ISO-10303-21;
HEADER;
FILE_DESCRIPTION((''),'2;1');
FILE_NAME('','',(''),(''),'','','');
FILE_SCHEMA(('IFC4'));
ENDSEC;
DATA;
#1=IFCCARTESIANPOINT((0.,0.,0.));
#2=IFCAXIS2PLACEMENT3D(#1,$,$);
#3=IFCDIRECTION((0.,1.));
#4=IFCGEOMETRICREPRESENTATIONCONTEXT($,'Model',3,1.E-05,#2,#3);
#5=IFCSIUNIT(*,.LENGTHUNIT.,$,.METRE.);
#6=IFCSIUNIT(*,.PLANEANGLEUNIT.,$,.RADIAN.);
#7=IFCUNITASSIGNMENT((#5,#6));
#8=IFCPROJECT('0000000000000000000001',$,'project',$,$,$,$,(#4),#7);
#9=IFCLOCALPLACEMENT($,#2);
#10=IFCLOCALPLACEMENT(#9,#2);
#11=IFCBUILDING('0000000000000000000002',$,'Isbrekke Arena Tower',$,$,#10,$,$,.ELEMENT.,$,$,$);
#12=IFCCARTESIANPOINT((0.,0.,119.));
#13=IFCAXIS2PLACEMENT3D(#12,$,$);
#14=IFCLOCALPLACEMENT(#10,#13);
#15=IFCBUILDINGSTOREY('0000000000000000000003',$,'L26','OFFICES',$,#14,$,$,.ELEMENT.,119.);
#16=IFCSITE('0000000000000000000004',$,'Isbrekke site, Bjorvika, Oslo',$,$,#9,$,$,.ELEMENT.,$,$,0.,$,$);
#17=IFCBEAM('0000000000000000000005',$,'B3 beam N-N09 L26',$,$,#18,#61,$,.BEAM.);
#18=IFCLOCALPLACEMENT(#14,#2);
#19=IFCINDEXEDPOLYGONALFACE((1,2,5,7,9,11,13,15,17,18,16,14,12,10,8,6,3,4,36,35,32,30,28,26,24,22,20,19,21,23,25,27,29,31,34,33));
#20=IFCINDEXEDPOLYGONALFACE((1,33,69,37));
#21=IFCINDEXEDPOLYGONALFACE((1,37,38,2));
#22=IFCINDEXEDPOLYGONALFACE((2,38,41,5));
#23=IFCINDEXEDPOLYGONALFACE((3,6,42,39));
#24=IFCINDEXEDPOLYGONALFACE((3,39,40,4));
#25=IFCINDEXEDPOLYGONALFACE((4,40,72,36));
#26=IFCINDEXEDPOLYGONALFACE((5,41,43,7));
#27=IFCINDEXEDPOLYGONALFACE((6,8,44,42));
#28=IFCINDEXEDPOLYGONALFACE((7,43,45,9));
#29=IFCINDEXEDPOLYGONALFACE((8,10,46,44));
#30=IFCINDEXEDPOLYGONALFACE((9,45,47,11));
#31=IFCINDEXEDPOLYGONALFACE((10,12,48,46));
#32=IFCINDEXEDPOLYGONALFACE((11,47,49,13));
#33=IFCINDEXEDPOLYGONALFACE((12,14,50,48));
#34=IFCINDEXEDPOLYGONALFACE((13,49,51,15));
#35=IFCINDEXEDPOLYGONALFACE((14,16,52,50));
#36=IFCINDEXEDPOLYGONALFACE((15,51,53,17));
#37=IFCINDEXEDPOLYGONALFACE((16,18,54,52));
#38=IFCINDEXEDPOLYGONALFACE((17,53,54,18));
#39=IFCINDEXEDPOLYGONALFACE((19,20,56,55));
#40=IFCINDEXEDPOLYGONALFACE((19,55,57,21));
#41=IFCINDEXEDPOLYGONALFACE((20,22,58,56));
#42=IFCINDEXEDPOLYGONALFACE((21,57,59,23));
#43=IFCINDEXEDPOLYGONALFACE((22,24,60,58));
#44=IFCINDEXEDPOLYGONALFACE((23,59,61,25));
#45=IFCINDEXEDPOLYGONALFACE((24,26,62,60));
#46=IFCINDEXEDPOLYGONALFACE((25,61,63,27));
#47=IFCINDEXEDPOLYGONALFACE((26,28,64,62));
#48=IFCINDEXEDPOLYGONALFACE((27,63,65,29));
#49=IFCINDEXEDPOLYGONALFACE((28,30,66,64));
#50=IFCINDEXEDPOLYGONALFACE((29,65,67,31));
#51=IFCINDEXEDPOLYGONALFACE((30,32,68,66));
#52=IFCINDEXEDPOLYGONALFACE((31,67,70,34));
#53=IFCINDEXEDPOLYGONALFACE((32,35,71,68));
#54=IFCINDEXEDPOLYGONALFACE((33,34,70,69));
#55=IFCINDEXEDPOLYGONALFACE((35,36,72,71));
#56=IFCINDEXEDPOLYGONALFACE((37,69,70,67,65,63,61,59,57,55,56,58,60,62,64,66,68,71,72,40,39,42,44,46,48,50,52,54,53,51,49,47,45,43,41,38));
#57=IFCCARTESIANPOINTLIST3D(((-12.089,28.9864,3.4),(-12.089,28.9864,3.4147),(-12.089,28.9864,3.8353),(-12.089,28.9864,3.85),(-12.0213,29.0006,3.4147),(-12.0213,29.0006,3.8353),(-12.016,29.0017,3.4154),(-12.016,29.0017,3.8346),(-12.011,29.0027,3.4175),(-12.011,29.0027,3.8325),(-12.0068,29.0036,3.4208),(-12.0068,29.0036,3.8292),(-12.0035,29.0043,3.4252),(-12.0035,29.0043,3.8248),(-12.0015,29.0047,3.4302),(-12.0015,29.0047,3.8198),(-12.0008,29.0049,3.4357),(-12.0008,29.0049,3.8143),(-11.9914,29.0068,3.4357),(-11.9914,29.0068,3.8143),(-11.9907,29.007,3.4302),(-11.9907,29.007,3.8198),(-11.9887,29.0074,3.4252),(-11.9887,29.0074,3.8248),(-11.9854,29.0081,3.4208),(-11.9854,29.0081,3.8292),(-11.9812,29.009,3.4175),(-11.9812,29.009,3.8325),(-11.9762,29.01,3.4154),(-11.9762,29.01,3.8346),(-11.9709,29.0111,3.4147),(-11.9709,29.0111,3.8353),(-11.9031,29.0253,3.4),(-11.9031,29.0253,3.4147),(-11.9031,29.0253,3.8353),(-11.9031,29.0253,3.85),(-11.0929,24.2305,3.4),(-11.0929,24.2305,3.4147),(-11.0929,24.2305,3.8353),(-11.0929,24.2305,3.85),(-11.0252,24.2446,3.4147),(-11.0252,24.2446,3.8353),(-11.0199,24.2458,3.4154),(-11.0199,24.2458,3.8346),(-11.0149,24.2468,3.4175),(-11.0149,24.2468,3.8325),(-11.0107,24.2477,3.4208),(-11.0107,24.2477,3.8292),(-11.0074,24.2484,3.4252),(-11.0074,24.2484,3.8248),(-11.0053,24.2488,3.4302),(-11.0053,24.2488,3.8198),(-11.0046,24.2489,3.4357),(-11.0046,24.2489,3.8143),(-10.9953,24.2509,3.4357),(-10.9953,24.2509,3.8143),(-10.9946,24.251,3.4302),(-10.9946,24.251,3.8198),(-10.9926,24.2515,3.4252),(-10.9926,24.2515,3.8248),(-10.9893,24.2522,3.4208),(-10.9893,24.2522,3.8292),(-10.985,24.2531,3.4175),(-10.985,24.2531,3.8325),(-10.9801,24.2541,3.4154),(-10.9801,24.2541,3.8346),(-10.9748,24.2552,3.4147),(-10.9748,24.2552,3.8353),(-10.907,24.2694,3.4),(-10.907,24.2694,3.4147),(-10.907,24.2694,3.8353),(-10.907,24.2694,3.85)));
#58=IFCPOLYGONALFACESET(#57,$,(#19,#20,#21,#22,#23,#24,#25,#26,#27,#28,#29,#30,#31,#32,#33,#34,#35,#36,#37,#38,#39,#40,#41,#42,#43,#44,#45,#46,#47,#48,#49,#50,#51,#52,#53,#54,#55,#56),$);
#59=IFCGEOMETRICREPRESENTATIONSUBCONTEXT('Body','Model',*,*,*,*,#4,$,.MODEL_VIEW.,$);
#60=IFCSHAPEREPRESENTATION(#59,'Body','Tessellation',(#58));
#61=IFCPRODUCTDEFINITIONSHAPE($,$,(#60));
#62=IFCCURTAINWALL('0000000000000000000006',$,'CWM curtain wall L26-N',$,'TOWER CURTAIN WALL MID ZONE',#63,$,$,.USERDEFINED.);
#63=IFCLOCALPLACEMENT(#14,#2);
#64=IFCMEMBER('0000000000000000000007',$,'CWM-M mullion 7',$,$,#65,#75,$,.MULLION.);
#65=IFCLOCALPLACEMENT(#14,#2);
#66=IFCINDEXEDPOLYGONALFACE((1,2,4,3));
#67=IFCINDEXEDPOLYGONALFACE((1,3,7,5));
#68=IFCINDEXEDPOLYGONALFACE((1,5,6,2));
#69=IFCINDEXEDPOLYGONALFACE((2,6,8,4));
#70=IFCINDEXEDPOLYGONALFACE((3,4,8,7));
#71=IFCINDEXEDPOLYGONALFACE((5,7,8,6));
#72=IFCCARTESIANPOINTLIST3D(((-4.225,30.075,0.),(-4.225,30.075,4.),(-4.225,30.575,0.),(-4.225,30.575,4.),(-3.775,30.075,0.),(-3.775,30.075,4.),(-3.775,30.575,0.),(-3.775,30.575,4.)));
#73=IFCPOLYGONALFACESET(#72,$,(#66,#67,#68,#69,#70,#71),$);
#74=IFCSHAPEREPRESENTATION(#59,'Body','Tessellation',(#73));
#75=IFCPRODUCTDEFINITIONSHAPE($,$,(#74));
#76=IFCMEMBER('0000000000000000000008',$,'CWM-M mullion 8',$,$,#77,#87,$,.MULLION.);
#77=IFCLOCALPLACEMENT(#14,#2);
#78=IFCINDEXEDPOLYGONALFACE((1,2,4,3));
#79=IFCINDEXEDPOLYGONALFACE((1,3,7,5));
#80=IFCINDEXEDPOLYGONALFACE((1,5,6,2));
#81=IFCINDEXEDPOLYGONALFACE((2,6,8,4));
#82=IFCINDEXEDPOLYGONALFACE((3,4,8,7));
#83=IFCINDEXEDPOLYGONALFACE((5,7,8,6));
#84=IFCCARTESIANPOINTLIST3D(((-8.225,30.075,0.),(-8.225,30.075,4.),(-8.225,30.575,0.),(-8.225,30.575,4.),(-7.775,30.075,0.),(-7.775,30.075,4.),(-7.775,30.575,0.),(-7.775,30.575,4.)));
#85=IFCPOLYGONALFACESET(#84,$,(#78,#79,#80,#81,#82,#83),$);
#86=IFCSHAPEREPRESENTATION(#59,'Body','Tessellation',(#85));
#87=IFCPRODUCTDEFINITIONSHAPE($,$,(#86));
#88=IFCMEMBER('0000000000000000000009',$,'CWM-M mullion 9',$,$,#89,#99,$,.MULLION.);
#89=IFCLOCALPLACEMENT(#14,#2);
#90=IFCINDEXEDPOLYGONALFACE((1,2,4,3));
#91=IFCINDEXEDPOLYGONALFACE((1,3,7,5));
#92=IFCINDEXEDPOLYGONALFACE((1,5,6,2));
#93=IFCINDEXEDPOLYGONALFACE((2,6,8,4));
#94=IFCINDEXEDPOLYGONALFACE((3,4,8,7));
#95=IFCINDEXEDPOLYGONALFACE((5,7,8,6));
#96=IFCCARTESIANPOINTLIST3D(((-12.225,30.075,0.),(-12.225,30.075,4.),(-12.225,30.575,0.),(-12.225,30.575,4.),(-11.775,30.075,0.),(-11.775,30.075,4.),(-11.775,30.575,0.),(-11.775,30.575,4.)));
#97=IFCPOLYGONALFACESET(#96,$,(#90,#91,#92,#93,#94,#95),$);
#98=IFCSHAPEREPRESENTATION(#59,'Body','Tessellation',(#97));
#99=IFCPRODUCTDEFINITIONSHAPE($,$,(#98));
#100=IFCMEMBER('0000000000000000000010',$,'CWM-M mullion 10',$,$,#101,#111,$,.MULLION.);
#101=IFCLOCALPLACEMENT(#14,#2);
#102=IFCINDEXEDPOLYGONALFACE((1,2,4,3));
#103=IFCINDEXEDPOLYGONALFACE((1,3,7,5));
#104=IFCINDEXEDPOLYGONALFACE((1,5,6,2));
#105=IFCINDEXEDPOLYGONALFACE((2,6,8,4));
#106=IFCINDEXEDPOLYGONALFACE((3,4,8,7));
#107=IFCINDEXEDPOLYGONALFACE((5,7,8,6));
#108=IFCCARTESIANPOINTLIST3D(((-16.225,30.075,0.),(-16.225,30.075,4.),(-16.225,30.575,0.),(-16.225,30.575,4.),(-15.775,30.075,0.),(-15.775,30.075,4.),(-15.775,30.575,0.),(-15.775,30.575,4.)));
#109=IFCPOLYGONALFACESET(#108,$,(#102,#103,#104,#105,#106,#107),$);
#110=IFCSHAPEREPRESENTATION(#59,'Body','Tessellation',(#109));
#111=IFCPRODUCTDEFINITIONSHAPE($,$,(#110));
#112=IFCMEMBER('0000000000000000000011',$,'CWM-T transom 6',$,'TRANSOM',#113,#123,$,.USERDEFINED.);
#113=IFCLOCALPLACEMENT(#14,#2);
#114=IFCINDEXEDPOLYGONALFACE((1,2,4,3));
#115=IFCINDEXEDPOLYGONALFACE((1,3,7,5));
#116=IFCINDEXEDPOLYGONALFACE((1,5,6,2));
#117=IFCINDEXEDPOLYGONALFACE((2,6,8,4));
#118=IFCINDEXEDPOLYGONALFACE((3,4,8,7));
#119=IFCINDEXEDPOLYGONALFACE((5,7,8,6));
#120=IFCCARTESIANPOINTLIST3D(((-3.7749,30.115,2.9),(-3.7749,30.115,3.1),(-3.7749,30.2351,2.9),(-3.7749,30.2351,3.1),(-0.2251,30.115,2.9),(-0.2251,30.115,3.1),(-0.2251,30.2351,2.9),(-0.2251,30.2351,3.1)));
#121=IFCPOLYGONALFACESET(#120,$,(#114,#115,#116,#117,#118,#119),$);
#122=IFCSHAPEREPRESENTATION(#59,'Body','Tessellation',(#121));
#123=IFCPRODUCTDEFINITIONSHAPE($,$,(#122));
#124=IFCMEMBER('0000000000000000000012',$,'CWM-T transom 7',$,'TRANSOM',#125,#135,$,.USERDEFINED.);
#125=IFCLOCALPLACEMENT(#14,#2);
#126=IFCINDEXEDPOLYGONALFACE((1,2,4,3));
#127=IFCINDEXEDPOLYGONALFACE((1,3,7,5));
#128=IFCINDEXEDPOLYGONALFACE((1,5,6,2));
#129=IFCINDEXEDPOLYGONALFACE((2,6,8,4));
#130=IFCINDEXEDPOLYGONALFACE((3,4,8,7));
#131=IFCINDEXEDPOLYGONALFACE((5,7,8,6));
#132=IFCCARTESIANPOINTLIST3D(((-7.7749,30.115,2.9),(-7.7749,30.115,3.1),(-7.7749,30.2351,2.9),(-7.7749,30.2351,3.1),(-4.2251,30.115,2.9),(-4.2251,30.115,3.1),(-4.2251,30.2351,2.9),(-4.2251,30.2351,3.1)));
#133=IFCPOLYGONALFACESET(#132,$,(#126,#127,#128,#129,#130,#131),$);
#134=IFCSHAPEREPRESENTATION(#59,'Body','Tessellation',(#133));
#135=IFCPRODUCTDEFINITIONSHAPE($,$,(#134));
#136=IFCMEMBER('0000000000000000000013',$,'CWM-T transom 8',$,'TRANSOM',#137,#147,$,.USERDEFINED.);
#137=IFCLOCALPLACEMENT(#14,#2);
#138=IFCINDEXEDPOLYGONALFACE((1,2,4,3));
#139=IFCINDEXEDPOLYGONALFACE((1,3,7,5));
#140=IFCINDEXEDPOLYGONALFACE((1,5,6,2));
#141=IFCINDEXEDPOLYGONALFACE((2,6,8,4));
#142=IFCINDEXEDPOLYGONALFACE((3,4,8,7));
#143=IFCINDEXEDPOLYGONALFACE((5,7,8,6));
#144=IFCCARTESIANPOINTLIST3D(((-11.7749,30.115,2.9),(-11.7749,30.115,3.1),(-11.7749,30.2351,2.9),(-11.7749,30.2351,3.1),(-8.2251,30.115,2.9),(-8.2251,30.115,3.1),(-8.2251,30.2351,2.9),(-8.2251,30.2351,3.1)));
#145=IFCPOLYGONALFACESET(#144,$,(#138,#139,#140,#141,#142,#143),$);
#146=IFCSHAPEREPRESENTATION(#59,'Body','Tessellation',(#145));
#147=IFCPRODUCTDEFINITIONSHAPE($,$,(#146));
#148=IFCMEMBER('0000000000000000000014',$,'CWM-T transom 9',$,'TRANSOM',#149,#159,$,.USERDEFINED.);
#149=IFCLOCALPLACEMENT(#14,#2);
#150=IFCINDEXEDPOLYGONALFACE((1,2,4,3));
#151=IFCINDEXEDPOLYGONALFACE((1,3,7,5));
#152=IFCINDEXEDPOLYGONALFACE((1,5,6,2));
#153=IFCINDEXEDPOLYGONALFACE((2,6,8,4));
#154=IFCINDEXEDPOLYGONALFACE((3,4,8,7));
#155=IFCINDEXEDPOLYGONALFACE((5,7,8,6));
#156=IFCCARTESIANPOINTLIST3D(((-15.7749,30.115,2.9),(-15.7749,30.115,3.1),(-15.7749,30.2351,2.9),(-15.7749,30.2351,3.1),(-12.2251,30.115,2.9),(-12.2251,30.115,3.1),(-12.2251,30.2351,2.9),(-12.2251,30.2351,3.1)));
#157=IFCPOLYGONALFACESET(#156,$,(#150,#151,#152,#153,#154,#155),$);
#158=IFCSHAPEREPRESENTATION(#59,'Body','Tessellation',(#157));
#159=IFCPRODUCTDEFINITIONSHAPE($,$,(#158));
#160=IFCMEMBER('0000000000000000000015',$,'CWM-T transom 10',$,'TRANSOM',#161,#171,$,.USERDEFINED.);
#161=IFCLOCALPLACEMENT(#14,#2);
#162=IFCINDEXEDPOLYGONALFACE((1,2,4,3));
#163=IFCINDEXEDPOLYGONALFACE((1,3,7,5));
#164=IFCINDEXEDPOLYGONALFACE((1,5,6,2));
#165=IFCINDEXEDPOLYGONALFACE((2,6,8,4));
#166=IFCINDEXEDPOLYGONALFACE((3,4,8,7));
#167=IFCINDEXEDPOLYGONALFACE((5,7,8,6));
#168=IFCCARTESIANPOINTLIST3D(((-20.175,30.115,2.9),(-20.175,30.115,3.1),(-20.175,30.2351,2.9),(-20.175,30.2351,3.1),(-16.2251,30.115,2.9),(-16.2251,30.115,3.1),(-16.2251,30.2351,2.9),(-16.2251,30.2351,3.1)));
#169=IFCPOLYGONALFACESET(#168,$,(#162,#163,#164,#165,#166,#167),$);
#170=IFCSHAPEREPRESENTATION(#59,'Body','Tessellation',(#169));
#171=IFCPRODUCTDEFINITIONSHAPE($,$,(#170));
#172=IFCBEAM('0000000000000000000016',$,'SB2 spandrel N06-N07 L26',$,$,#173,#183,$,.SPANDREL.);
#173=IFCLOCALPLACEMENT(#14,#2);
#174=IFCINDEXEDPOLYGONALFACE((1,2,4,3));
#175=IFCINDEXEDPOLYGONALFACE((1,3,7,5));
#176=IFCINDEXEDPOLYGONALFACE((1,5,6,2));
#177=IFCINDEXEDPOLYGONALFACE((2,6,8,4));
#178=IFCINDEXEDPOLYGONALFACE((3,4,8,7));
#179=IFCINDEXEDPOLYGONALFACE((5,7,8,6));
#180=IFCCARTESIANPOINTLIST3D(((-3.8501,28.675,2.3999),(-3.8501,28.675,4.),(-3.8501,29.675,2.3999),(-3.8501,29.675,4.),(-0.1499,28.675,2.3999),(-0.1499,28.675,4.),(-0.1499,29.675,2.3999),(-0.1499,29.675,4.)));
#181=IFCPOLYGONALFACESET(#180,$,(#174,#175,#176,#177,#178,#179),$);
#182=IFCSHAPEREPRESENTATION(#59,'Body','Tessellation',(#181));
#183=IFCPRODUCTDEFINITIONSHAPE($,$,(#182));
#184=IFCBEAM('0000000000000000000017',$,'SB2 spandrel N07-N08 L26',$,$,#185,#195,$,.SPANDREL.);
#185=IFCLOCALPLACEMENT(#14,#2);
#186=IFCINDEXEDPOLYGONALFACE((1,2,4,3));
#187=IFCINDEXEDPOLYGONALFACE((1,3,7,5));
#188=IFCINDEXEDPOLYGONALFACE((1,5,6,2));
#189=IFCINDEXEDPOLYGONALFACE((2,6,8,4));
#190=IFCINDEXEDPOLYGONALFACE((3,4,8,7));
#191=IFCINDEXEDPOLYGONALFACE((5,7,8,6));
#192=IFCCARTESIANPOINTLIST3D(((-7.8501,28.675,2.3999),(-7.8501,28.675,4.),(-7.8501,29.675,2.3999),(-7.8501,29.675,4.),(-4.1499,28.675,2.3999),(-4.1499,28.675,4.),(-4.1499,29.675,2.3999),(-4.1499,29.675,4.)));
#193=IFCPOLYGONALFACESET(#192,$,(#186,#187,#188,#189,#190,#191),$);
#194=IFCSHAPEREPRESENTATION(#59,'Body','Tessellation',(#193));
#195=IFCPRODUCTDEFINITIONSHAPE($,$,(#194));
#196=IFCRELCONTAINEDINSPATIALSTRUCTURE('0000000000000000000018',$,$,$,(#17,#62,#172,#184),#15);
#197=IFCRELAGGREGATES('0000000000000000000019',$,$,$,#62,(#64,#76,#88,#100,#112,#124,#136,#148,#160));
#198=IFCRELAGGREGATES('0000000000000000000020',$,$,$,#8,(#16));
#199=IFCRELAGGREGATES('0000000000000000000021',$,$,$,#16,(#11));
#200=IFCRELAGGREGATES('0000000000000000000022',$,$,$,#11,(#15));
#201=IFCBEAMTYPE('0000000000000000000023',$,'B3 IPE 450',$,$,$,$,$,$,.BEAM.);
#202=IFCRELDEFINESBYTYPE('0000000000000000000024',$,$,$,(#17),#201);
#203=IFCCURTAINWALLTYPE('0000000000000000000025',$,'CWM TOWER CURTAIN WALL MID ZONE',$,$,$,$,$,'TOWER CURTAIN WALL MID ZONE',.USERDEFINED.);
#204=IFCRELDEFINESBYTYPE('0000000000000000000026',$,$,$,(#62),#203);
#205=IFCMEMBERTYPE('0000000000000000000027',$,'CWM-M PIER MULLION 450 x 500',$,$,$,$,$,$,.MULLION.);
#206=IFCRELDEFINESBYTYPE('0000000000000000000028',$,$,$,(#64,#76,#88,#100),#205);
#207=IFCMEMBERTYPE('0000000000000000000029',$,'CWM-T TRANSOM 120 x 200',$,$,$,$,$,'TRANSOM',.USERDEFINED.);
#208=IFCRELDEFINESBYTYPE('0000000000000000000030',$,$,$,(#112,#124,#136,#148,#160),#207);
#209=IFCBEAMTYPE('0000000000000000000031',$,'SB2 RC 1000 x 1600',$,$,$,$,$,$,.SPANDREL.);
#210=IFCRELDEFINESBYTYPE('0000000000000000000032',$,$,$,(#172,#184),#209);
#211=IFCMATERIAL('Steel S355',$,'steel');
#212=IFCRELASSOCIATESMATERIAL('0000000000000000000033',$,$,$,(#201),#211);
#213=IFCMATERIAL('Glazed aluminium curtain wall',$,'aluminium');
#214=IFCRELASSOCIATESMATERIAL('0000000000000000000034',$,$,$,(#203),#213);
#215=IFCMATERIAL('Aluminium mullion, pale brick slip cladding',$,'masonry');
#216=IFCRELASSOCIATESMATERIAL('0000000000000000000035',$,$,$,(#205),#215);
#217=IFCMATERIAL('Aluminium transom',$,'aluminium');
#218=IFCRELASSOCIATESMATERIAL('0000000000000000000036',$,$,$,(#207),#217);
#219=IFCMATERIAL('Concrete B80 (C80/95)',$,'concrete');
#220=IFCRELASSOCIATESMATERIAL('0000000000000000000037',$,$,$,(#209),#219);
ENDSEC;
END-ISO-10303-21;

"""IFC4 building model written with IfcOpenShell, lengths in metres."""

from ifc_helpers import new_model, si_unit, direction, frame, origin, origin_2d, place, context, subcontext, project, spatial, rectangle, i_section, extrude, material, material_profile, profile_set, type_object, element, aggregate, save


model = new_model("IFC4")

# Units and contexts
model_context = context("Model", 3, precision=1e-05, world=origin(), true_north=direction((0.0, 1.0)))
body_context = subcontext(model_context, "Body", "Model", "MODEL_VIEW")
ifc_project = project(units=[si_unit("LENGTHUNIT", "METRE"), si_unit("PLANEANGLEUNIT", "RADIAN")], contexts=[model_context])

# Site, building, storey
site_placement = place(None, origin())
site = spatial("IfcSite", under=ifc_project, at=site_placement, Name="Isbrekke site, Bjorvika, Oslo", CompositionType="ELEMENT", RefElevation=0.0)
building_placement = place(site_placement, origin())
building = spatial("IfcBuilding", under=site, at=building_placement, Name="Isbrekke Arena Tower", CompositionType="ELEMENT")
storey_placement = place(building_placement, frame((0.0, 0.0, 119.0)))
storey = spatial("IfcBuildingStorey", under=building, at=storey_placement, Name="L26", Description="OFFICES", CompositionType="ELEMENT", Elevation=119.0)

# Beam
ifc_material_1 = material(Name="Steel S355", Category="steel")
ifc_material_profile_1 = material_profile(ifc_material_1, i_section(OverallWidth=0.1899, OverallDepth=0.45, WebThickness=0.0095, FlangeThickness=0.0146, FilletRadius=0.021, at=origin_2d()), Name="IPE 450")
ifc_profile_set_1 = profile_set([ifc_material_profile_1], Name="Steel S355")
beam_type_1 = type_object("IfcBeamType", Name="B3 IPE 450", PredefinedType="BEAM", material=ifc_profile_set_1)
beam_1_placement = place(storey_placement, frame((-11.9961, 29.0059, 3.625), z_axis=(0.204997, -0.978762, 0.0), x_axis=(0.978762, 0.204997, 0.0)))
element("IfcBeam", 1, at=beam_1_placement, inside=storey, type_object=beam_type_1, Name="B3 beam N-N09 L26", PredefinedType="BEAM", context=body_context, shape_type="SweptSolid", body=[
    extrude(i_section(OverallWidth=0.1899, OverallDepth=0.45, WebThickness=0.0095, FlangeThickness=0.0146, FilletRadius=0.021, at=origin_2d()), origin(), (0.0, 0.0, 1.0), 4.8591),
])

# Curtain wall, members
ifc_material_2 = material(Name="Glazed aluminium curtain wall", Category="aluminium")
curtain_wall_type = type_object("IfcCurtainWallType", Name="CWM TOWER CURTAIN WALL MID ZONE", ElementType="TOWER CURTAIN WALL MID ZONE", PredefinedType="USERDEFINED", material=ifc_material_2)
curtain_wall_placement = place(storey_placement, origin())
curtain_wall = element("IfcCurtainWall", 2, at=curtain_wall_placement, inside=storey, type_object=curtain_wall_type, Name="CWM curtain wall L26-N", ObjectType="TOWER CURTAIN WALL MID ZONE", PredefinedType="USERDEFINED")
ifc_material_3 = material(Name="Aluminium mullion, pale brick slip cladding", Category="masonry")
ifc_material_profile_2 = material_profile(ifc_material_3, rectangle(XDim=0.45, YDim=0.5, at=origin_2d()), Name="PIER 450X500")
ifc_profile_set_2 = profile_set([ifc_material_profile_2], Name="Aluminium mullion, pale brick slip cladding")
member_type_1 = type_object("IfcMemberType", Name="CWM-M PIER MULLION 450 x 500", PredefinedType="MULLION", material=ifc_profile_set_2)
member_1_placement = place(storey_placement, frame((-4.0, 30.325, 0.0), z_axis=(0.0, 0.0, 1.0), x_axis=(-1.0, 0.0, 0.0)))
member_1 = element("IfcMember", 3, at=member_1_placement, type_object=member_type_1, Name="CWM-M mullion 7", PredefinedType="MULLION", context=body_context, shape_type="SweptSolid", body=[
    extrude(rectangle(XDim=0.45, YDim=0.5, at=origin_2d()), origin(), (0.0, 0.0, 1.0), 4.0),
])
member_2_placement = place(storey_placement, frame((-8.0, 30.325, 0.0), z_axis=(0.0, 0.0, 1.0), x_axis=(-1.0, 0.0, 0.0)))
member_2 = element("IfcMember", 4, at=member_2_placement, type_object=member_type_1, Name="CWM-M mullion 8", PredefinedType="MULLION", context=body_context, shape_type="SweptSolid", body=[
    extrude(rectangle(XDim=0.45, YDim=0.5, at=origin_2d()), origin(), (0.0, 0.0, 1.0), 4.0),
])
member_3_placement = place(storey_placement, frame((-12.0, 30.325, 0.0), z_axis=(0.0, 0.0, 1.0), x_axis=(-1.0, 0.0, 0.0)))
member_3 = element("IfcMember", 5, at=member_3_placement, type_object=member_type_1, Name="CWM-M mullion 9", PredefinedType="MULLION", context=body_context, shape_type="SweptSolid", body=[
    extrude(rectangle(XDim=0.45, YDim=0.5, at=origin_2d()), origin(), (0.0, 0.0, 1.0), 4.0),
])
member_4_placement = place(storey_placement, frame((-16.0, 30.325, 0.0), z_axis=(0.0, 0.0, 1.0), x_axis=(-1.0, 0.0, 0.0)))
member_4 = element("IfcMember", 6, at=member_4_placement, type_object=member_type_1, Name="CWM-M mullion 10", PredefinedType="MULLION", context=body_context, shape_type="SweptSolid", body=[
    extrude(rectangle(XDim=0.45, YDim=0.5, at=origin_2d()), origin(), (0.0, 0.0, 1.0), 4.0),
])
ifc_material_4 = material(Name="Aluminium transom", Category="aluminium")
ifc_material_profile_3 = material_profile(ifc_material_4, rectangle(XDim=0.1201, YDim=0.2, at=origin_2d()), Name="TRANSOM 120X200")
ifc_profile_set_3 = profile_set([ifc_material_profile_3], Name="Aluminium transom")
member_type_2 = type_object("IfcMemberType", Name="CWM-T TRANSOM 120 x 200", ElementType="TRANSOM", PredefinedType="USERDEFINED", material=ifc_profile_set_3)
member_5_placement = place(storey_placement, frame((-0.2251, 30.175, 3.0), z_axis=(-1.0, 0.0, 0.0), x_axis=(0.0, -1.0, 0.0)))
member_5 = element("IfcMember", 7, at=member_5_placement, type_object=member_type_2, Name="CWM-T transom 6", ObjectType="TRANSOM", PredefinedType="USERDEFINED", context=body_context, shape_type="SweptSolid", body=[
    extrude(rectangle(XDim=0.1201, YDim=0.2, at=origin_2d()), origin(), (0.0, 0.0, 1.0), 3.5498),
])
member_6_placement = place(storey_placement, frame((-4.2251, 30.175, 3.0), z_axis=(-1.0, 0.0, 0.0), x_axis=(0.0, -1.0, 0.0)))
member_6 = element("IfcMember", 8, at=member_6_placement, type_object=member_type_2, Name="CWM-T transom 7", ObjectType="TRANSOM", PredefinedType="USERDEFINED", context=body_context, shape_type="SweptSolid", body=[
    extrude(rectangle(XDim=0.1201, YDim=0.2, at=origin_2d()), origin(), (0.0, 0.0, 1.0), 3.5498),
])
member_7_placement = place(storey_placement, frame((-8.2251, 30.175, 3.0), z_axis=(-1.0, 0.0, 0.0), x_axis=(0.0, -1.0, 0.0)))
member_7 = element("IfcMember", 9, at=member_7_placement, type_object=member_type_2, Name="CWM-T transom 8", ObjectType="TRANSOM", PredefinedType="USERDEFINED", context=body_context, shape_type="SweptSolid", body=[
    extrude(rectangle(XDim=0.1201, YDim=0.2, at=origin_2d()), origin(), (0.0, 0.0, 1.0), 3.5498),
])
member_8_placement = place(storey_placement, frame((-12.2251, 30.175, 3.0), z_axis=(-1.0, 0.0, 0.0), x_axis=(0.0, -1.0, 0.0)))
member_8 = element("IfcMember", 10, at=member_8_placement, type_object=member_type_2, Name="CWM-T transom 9", ObjectType="TRANSOM", PredefinedType="USERDEFINED", context=body_context, shape_type="SweptSolid", body=[
    extrude(rectangle(XDim=0.1201, YDim=0.2, at=origin_2d()), origin(), (0.0, 0.0, 1.0), 3.5498),
])
member_9_placement = place(storey_placement, frame((-16.2251, 30.175, 3.0), z_axis=(-1.0, 0.0, 0.0), x_axis=(0.0, -1.0, 0.0)))
member_9 = element("IfcMember", 11, at=member_9_placement, type_object=member_type_2, Name="CWM-T transom 10", ObjectType="TRANSOM", PredefinedType="USERDEFINED", context=body_context, shape_type="SweptSolid", body=[
    extrude(rectangle(XDim=0.1201, YDim=0.2, at=origin_2d()), origin(), (0.0, 0.0, 1.0), 3.95),
])

# Beams
ifc_material_5 = material(Name="Concrete B80 (C80/95)", Category="concrete")
ifc_material_profile_4 = material_profile(ifc_material_5, rectangle(XDim=1.0, YDim=1.6001, at=origin_2d()), Name="RC 1000x1600")
ifc_profile_set_4 = profile_set([ifc_material_profile_4], Name="Concrete B80 (C80/95)")
beam_type_2 = type_object("IfcBeamType", Name="SB2 RC 1000 x 1600", PredefinedType="SPANDREL", material=ifc_profile_set_4)
for number, where, z_axis, x_axis, name in (
    (12, (-0.1499, 29.175, 3.2), (-1.0, 0.0, 0.0), (0.0, -1.0, 0.0), "SB2 spandrel N06-N07 L26"),
    (13, (-4.1499, 29.175, 3.2), (-1.0, 0.0, 0.0), (0.0, -1.0, 0.0), "SB2 spandrel N07-N08 L26"),
):
    element("IfcBeam", number, at=place(storey_placement, frame(where, z_axis=z_axis, x_axis=x_axis)), inside=storey, type_object=beam_type_2, Name=name, PredefinedType="SPANDREL", context=body_context, shape_type="SweptSolid", body=[
        extrude(rectangle(XDim=1.0, YDim=1.6001, at=origin_2d()), origin(), (0.0, 0.0, 1.0), 3.7002),
    ])

aggregate(curtain_wall, [member_1, member_2, member_3, member_4, member_5, member_6, member_7, member_8, member_9])

save(model, "model.ifc")
